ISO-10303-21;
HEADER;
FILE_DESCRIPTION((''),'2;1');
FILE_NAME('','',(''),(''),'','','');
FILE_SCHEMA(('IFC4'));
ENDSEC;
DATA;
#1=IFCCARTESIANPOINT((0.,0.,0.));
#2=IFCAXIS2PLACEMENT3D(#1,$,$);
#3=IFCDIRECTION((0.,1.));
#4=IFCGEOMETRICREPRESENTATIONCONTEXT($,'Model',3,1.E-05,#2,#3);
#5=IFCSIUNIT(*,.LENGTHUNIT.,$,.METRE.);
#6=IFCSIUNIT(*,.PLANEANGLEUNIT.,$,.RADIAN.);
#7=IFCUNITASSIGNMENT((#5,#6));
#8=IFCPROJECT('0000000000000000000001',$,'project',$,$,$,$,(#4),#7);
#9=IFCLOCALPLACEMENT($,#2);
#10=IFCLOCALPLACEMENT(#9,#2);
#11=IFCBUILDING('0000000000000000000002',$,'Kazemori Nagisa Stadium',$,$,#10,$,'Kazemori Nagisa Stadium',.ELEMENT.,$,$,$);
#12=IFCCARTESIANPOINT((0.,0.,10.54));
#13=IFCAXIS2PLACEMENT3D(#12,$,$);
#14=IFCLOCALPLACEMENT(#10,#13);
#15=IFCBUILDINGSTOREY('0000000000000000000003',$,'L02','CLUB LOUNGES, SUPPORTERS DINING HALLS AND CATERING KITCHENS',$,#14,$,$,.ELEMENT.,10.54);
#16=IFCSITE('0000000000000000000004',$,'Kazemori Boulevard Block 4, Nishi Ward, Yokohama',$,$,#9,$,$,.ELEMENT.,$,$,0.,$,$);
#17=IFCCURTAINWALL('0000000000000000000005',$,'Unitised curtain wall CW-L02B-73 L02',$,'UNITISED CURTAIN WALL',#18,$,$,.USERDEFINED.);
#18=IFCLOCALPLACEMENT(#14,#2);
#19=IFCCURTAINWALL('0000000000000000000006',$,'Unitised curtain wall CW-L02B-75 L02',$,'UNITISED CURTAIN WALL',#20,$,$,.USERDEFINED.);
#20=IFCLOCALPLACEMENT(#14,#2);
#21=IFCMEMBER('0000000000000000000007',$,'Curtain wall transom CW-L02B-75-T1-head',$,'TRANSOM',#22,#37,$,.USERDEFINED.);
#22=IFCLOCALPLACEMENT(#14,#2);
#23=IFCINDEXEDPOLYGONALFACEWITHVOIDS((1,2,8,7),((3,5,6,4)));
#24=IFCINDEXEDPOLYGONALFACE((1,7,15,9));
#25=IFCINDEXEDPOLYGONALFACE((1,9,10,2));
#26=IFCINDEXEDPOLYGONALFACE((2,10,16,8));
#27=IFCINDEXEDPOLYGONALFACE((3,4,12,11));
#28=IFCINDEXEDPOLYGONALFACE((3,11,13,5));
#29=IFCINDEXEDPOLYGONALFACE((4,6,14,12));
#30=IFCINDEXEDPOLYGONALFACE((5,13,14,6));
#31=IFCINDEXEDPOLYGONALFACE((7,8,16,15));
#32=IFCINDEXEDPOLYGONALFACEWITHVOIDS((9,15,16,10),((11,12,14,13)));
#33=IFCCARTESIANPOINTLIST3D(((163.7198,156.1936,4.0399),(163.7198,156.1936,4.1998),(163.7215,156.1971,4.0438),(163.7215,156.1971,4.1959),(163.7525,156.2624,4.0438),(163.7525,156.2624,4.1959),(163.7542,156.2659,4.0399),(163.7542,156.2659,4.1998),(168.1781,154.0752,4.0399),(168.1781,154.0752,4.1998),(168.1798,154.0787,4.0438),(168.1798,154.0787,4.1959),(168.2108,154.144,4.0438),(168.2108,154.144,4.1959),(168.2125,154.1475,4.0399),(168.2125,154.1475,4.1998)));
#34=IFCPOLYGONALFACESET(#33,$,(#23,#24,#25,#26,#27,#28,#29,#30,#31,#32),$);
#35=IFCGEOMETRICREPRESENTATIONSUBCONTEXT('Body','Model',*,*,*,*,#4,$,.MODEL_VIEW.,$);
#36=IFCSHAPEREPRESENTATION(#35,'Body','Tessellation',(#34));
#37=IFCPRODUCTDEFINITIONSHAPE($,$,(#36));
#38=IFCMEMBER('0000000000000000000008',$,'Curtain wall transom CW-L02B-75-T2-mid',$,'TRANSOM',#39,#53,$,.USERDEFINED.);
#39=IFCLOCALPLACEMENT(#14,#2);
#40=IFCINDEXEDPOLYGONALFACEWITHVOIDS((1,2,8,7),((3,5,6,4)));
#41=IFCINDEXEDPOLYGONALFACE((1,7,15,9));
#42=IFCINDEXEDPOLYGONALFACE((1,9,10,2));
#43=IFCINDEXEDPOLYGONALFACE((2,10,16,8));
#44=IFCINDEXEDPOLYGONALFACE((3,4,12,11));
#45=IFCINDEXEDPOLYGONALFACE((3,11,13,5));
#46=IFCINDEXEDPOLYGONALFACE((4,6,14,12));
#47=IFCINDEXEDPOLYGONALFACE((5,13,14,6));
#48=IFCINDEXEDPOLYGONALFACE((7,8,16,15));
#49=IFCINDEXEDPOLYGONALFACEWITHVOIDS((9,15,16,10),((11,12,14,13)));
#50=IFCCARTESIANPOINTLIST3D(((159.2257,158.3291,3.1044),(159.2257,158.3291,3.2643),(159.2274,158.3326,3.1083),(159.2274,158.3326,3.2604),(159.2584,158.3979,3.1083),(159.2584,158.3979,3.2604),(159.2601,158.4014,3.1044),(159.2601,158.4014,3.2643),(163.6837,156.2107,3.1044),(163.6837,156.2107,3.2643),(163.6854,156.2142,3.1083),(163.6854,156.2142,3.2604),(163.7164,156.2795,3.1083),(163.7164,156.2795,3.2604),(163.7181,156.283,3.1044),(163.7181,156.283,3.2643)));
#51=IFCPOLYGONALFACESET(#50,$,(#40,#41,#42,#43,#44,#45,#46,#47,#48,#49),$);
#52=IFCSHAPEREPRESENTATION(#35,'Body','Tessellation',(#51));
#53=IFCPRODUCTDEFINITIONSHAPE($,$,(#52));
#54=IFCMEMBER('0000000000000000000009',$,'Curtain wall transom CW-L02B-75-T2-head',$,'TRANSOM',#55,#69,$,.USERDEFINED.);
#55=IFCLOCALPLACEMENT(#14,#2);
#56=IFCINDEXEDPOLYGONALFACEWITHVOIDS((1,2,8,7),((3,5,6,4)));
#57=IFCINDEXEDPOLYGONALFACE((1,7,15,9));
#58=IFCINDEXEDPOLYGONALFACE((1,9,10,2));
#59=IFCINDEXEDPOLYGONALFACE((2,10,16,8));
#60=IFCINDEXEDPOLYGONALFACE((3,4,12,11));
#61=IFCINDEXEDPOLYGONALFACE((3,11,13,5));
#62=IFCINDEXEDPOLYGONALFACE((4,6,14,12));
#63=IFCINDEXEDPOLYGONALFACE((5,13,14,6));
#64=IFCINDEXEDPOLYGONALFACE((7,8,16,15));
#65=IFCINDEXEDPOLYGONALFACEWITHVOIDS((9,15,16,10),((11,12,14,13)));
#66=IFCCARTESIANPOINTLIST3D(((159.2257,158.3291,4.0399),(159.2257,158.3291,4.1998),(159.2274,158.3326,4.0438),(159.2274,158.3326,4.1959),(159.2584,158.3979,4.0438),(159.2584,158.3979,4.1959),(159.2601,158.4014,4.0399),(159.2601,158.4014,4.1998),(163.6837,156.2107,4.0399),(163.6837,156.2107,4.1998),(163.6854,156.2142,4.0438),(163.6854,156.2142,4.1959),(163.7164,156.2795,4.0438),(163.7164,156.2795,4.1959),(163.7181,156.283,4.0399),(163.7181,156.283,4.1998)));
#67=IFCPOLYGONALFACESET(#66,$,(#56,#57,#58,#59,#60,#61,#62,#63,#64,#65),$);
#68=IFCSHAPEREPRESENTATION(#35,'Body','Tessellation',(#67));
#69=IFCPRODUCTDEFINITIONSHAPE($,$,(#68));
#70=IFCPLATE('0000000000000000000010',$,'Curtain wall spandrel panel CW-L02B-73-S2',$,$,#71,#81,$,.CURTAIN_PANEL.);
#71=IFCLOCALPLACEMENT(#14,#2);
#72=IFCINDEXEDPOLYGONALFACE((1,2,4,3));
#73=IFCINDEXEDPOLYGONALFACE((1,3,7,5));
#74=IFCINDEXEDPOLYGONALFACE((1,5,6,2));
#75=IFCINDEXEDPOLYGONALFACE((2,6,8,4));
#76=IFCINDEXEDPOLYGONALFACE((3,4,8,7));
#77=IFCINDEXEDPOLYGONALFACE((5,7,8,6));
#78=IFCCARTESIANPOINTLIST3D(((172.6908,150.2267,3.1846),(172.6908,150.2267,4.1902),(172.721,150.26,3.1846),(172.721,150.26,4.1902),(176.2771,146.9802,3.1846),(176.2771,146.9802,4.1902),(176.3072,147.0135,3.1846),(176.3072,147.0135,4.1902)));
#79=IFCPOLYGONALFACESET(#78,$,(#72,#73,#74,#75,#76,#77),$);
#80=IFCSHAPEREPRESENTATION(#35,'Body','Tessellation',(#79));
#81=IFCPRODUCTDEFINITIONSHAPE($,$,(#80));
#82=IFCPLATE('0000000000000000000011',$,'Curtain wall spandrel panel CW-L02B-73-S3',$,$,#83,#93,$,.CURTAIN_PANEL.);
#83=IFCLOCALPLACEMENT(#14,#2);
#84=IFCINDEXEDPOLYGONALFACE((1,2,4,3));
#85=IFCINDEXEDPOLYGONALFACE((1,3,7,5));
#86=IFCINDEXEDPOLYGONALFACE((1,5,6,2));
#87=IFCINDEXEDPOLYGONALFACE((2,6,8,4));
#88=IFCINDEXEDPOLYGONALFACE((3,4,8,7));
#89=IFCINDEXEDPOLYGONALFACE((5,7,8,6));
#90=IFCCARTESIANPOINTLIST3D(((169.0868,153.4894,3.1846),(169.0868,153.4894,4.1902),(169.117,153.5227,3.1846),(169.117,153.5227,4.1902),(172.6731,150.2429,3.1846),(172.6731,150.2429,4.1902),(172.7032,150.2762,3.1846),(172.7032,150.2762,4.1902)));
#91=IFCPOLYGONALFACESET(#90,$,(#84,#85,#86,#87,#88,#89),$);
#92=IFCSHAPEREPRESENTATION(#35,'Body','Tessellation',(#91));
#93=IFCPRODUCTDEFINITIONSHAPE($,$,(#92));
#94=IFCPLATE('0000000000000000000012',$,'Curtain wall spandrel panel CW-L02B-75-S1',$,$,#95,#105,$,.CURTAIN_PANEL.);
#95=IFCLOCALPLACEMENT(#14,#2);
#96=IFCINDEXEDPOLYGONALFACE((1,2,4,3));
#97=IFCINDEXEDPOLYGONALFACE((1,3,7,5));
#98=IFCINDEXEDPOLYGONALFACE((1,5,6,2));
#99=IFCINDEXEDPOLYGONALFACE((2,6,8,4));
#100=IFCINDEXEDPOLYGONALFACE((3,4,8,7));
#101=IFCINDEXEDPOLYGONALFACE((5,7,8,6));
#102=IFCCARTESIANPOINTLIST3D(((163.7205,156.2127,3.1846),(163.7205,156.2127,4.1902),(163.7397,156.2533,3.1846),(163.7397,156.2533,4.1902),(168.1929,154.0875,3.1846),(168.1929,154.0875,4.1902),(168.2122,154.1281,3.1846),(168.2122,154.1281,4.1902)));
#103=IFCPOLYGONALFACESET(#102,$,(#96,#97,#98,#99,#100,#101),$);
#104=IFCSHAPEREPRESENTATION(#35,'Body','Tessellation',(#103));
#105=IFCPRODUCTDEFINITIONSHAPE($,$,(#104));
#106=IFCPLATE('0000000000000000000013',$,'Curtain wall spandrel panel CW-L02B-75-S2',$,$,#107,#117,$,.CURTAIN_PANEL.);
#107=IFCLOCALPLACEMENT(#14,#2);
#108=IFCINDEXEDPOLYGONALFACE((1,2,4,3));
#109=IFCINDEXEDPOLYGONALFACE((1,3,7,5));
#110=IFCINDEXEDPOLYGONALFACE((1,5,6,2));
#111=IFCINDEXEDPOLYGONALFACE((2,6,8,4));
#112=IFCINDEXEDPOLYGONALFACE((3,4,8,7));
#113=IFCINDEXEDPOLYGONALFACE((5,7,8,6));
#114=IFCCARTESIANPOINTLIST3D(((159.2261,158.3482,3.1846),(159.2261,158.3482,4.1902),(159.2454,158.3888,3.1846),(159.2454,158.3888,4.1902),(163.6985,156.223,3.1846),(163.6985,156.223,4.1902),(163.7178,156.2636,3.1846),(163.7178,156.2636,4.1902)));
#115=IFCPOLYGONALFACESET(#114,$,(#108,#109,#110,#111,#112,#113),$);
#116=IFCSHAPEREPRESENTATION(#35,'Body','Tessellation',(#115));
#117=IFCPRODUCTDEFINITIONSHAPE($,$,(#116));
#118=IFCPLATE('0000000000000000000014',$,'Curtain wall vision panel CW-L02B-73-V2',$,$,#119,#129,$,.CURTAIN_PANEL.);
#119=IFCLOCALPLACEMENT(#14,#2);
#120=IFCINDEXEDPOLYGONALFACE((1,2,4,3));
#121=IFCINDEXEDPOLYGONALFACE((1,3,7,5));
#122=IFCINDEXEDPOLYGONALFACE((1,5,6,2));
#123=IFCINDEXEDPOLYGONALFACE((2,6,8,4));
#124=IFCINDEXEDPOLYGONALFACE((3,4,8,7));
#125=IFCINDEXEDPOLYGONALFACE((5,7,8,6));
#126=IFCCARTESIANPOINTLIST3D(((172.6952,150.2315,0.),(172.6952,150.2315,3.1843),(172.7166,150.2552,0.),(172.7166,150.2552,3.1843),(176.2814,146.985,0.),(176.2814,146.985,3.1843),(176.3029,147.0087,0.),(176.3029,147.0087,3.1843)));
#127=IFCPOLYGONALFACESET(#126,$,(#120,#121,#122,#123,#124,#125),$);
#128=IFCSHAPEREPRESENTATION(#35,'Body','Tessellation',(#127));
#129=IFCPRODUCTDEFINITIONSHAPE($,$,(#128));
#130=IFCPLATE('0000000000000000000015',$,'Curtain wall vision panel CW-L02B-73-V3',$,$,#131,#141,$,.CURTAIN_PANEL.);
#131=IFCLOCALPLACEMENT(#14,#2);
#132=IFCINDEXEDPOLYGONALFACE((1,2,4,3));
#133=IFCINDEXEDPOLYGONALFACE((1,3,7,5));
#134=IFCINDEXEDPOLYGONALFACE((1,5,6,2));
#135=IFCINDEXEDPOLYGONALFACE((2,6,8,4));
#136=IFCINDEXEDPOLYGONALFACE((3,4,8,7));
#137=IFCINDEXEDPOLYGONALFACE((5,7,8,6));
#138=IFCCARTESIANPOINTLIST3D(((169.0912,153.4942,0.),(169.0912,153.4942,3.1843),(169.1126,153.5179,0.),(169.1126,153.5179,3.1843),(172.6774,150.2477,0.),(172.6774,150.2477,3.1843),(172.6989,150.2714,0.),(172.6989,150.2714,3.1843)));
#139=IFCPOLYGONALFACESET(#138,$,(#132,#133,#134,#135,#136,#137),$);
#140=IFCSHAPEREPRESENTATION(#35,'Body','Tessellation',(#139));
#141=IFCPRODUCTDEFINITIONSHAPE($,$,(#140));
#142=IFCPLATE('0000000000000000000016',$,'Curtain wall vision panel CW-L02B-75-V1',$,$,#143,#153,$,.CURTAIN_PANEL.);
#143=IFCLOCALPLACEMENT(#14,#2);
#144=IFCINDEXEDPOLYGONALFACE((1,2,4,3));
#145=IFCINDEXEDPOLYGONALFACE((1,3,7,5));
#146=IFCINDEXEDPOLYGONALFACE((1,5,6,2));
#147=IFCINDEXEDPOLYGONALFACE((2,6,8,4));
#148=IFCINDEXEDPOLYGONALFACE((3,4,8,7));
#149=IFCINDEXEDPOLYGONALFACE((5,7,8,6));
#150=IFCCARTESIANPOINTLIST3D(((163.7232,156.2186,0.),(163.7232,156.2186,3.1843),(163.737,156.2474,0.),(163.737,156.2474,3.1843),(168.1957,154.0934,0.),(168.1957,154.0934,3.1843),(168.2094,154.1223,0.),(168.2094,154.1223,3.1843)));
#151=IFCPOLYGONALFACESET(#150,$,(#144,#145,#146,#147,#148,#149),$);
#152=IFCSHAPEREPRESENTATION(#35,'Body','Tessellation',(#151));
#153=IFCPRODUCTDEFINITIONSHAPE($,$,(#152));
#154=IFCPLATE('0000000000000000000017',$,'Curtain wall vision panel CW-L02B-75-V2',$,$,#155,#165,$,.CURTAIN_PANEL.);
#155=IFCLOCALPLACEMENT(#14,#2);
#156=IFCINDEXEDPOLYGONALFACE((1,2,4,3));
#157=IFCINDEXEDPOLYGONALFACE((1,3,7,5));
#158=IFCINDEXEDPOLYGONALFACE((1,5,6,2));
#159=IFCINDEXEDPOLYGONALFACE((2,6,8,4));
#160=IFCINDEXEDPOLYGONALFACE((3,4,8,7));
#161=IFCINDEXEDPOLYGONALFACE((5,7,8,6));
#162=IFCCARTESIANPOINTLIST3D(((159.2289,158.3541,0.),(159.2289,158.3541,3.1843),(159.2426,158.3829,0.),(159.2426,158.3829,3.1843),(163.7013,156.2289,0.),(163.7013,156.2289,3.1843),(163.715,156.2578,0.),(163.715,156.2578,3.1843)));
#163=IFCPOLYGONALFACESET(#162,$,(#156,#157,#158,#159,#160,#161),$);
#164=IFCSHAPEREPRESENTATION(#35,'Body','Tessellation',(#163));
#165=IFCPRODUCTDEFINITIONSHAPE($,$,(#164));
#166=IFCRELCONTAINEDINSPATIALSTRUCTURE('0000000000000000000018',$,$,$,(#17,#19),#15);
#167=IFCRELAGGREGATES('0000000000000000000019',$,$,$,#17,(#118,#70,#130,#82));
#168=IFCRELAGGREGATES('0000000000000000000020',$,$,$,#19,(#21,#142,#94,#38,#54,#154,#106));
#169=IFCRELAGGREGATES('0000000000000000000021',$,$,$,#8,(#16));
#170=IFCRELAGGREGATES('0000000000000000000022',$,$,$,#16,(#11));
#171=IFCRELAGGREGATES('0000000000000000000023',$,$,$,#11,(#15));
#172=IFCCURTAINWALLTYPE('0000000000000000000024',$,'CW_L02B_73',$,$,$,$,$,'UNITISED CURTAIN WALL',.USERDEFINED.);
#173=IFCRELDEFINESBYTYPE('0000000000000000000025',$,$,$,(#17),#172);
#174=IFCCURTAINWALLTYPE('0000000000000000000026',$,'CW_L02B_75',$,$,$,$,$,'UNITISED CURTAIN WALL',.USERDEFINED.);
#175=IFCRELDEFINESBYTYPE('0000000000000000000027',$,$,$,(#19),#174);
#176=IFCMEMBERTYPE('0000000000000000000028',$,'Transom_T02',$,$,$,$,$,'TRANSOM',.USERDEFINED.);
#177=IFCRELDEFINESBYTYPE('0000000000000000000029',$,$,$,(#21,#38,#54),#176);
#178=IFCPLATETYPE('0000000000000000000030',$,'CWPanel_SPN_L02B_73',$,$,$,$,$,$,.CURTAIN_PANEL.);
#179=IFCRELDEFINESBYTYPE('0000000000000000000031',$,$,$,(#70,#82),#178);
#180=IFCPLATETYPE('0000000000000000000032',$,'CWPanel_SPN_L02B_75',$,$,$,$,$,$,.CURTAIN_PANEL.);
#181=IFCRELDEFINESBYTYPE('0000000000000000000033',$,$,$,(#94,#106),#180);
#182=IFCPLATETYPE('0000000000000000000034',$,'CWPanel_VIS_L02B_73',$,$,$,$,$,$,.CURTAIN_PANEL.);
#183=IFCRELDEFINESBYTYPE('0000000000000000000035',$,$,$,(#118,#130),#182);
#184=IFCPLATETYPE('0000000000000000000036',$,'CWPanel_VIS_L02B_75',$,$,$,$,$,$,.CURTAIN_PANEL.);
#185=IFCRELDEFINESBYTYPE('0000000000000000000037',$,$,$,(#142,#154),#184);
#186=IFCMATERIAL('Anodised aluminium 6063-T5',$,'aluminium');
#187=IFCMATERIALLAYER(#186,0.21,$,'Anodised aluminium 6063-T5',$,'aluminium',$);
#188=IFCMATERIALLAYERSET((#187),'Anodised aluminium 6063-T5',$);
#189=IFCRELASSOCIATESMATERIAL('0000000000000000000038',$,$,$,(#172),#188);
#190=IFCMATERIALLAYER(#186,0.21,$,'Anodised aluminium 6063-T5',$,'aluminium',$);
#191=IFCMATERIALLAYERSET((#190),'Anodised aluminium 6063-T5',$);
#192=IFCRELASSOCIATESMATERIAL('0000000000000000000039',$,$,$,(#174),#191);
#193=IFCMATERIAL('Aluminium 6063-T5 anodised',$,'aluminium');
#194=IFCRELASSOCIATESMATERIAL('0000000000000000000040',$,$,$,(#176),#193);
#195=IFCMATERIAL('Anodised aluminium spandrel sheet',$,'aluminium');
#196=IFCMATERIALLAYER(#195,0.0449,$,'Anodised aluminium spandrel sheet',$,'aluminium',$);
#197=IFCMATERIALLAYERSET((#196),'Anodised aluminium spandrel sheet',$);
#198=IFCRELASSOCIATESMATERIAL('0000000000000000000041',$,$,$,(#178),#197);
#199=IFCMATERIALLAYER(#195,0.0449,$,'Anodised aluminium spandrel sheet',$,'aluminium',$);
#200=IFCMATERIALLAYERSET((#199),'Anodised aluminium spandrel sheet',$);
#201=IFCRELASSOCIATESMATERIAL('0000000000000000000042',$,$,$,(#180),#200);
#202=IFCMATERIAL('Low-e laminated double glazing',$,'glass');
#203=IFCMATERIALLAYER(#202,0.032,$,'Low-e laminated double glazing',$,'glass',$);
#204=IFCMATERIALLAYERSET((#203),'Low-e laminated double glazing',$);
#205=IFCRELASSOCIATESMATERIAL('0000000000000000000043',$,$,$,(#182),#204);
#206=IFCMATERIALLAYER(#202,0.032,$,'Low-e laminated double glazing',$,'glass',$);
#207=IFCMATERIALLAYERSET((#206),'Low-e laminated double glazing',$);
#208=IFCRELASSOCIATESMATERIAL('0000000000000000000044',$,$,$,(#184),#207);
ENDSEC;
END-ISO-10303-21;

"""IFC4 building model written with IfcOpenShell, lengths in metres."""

from ifc_helpers import new_model, si_unit, direction, frame, origin, origin_2d, place, context, subcontext, project, spatial, rectangle, hollow_rectangle, extrude, material, layer, layer_set, material_profile, profile_set, type_object, element, aggregate, save


model = new_model("IFC4")

# Units and contexts
model_context = context("Model", 3, precision=1e-05, world=origin(), true_north=direction((0.0, 1.0)))
body_context = subcontext(model_context, "Body", "Model", "MODEL_VIEW")
ifc_project = project(units=[si_unit("LENGTHUNIT", "METRE"), si_unit("PLANEANGLEUNIT", "RADIAN")], contexts=[model_context])

# Site, building, storey
site_placement = place(None, origin())
site = spatial("IfcSite", under=ifc_project, at=site_placement, Name="Kazemori Boulevard Block 4, Nishi Ward, Yokohama", CompositionType="ELEMENT", RefElevation=0.0)
building_placement = place(site_placement, origin())
building = spatial("IfcBuilding", under=site, at=building_placement, Name="Kazemori Nagisa Stadium", LongName="Kazemori Nagisa Stadium", CompositionType="ELEMENT")
storey_placement = place(building_placement, frame((0.0, 0.0, 10.54)))
storey = spatial("IfcBuildingStorey", under=building, at=storey_placement, Name="L02", Description="CLUB LOUNGES, SUPPORTERS DINING HALLS AND CATERING KITCHENS", CompositionType="ELEMENT", Elevation=10.54)

# Curtain walls
ifc_material_1 = material(Name="Anodised aluminium 6063-T5", Category="aluminium")
ifc_layer_1 = layer(ifc_material_1, 0.21, Name="Anodised aluminium 6063-T5", Category="aluminium")
ifc_layer_set_1 = layer_set([ifc_layer_1], Name="Anodised aluminium 6063-T5")
curtain_wall_type_1 = type_object("IfcCurtainWallType", Name="CW_L02B_73", ElementType="UNITISED CURTAIN WALL", PredefinedType="USERDEFINED", material=ifc_layer_set_1)
curtain_wall_1_placement = place(storey_placement, origin())
curtain_wall_1 = element("IfcCurtainWall", 1, at=curtain_wall_1_placement, inside=storey, type_object=curtain_wall_type_1, Name="Unitised curtain wall CW-L02B-73 L02", ObjectType="UNITISED CURTAIN WALL", PredefinedType="USERDEFINED")
ifc_material_2 = material(Name="Aluminium 6063-T5 anodised", Category="aluminium")
ifc_layer_2 = layer(ifc_material_1, 0.21, Name="Anodised aluminium 6063-T5", Category="aluminium")
ifc_layer_set_2 = layer_set([ifc_layer_2], Name="Anodised aluminium 6063-T5")
curtain_wall_type_2 = type_object("IfcCurtainWallType", Name="CW_L02B_75", ElementType="UNITISED CURTAIN WALL", PredefinedType="USERDEFINED", material=ifc_layer_set_2)
curtain_wall_2_placement = place(storey_placement, origin())
curtain_wall_2 = element("IfcCurtainWall", 2, at=curtain_wall_2_placement, inside=storey, type_object=curtain_wall_type_2, Name="Unitised curtain wall CW-L02B-75 L02", ObjectType="UNITISED CURTAIN WALL", PredefinedType="USERDEFINED")

# Members
ifc_material_profile_1 = material_profile(ifc_material_2, hollow_rectangle(XDim=0.0801, YDim=0.1599, WallThickness=0.0039, at=origin_2d()), Name="ALU-TRAN-80x160x4")
ifc_profile_set_1 = profile_set([ifc_material_profile_1], Name="Aluminium 6063-T5 anodised")
member_type_1 = type_object("IfcMemberType", Name="Transom_T02", ElementType="TRANSOM", PredefinedType="USERDEFINED", material=ifc_profile_set_1)
member_1_placement = place(storey_placement, frame((168.1953, 154.1113, 4.1199), z_axis=(-0.90322, 0.429179, 0.0), x_axis=(-0.429179, -0.90322, 0.0)))
member_1 = element("IfcMember", 3, at=member_1_placement, type_object=member_type_1, Name="Curtain wall transom CW-L02B-75-T1-head", ObjectType="TRANSOM", PredefinedType="USERDEFINED", context=body_context, shape_type="SweptSolid", body=[
    extrude(hollow_rectangle(XDim=0.0801, YDim=0.1599, WallThickness=0.0039, at=origin_2d()), origin(), (0.0, 0.0, 1.0), 4.936),
])
member_2_placement = place(storey_placement, frame((163.7009, 156.2468, 3.1843), z_axis=(-0.90321, 0.429198, 0.0), x_axis=(-0.429198, -0.90321, 0.0)))
member_2 = element("IfcMember", 4, at=member_2_placement, type_object=member_type_1, Name="Curtain wall transom CW-L02B-75-T2-mid", ObjectType="TRANSOM", PredefinedType="USERDEFINED", context=body_context, shape_type="SweptSolid", body=[
    extrude(hollow_rectangle(XDim=0.0801, YDim=0.1599, WallThickness=0.0039, at=origin_2d()), origin(), (0.0, 0.0, 1.0), 4.9358),
])
member_3_placement = place(storey_placement, frame((163.7009, 156.2468, 4.1199), z_axis=(-0.90321, 0.429198, 0.0), x_axis=(-0.429198, -0.90321, 0.0)))
member_3 = element("IfcMember", 5, at=member_3_placement, type_object=member_type_1, Name="Curtain wall transom CW-L02B-75-T2-head", ObjectType="TRANSOM", PredefinedType="USERDEFINED", context=body_context, shape_type="SweptSolid", body=[
    extrude(hollow_rectangle(XDim=0.0801, YDim=0.1599, WallThickness=0.0039, at=origin_2d()), origin(), (0.0, 0.0, 1.0), 4.9358),
])

# Plates
ifc_material_3 = material(Name="Anodised aluminium spandrel sheet", Category="aluminium")
ifc_layer_3 = layer(ifc_material_3, 0.0449, Name="Anodised aluminium spandrel sheet", Category="aluminium")
ifc_layer_set_3 = layer_set([ifc_layer_3], Name="Anodised aluminium spandrel sheet")
plate_type_1 = type_object("IfcPlateType", Name="CWPanel_SPN_L02B_73", PredefinedType="CURTAIN_PANEL", material=ifc_layer_set_3)
plate_1_placement = place(storey_placement, frame((174.499, 148.6201, 3.1846), z_axis=(0.0, 0.0, 1.0), x_axis=(-0.741351, 0.671118, 0.0)))
plate_1 = element("IfcPlate", 6, at=plate_1_placement, type_object=plate_type_1, Name="Curtain wall spandrel panel CW-L02B-73-S2", PredefinedType="CURTAIN_PANEL", context=body_context, shape_type="SweptSolid", body=[
    extrude(rectangle(XDim=4.8374, YDim=0.0449, at=origin_2d()), origin(), (0.0, 0.0, 1.0), 1.0056),
])
plate_2_placement = place(storey_placement, frame((170.895, 151.8828, 3.1846), z_axis=(0.0, 0.0, 1.0), x_axis=(-0.741351, 0.671118, 0.0)))
plate_2 = element("IfcPlate", 7, at=plate_2_placement, type_object=plate_type_1, Name="Curtain wall spandrel panel CW-L02B-73-S3", PredefinedType="CURTAIN_PANEL", context=body_context, shape_type="SweptSolid", body=[
    extrude(rectangle(XDim=4.8374, YDim=0.0449, at=origin_2d()), origin(), (0.0, 0.0, 1.0), 1.0056),
])
ifc_layer_4 = layer(ifc_material_3, 0.0449, Name="Anodised aluminium spandrel sheet", Category="aluminium")
ifc_layer_set_4 = layer_set([ifc_layer_4], Name="Anodised aluminium spandrel sheet")
plate_type_2 = type_object("IfcPlateType", Name="CWPanel_SPN_L02B_75", PredefinedType="CURTAIN_PANEL", material=ifc_layer_set_4)
plate_3_placement = place(storey_placement, frame((165.9663, 155.1704, 3.1846), z_axis=(0.0, 0.0, 1.0), x_axis=(-0.903216, 0.429186, 0.0)))
plate_3 = element("IfcPlate", 8, at=plate_3_placement, type_object=plate_type_2, Name="Curtain wall spandrel panel CW-L02B-75-S1", PredefinedType="CURTAIN_PANEL", context=body_context, shape_type="SweptSolid", body=[
    extrude(rectangle(XDim=4.9517, YDim=0.0449, at=origin_2d()), origin(), (0.0, 0.0, 1.0), 1.0056),
])
plate_4_placement = place(storey_placement, frame((161.4719, 157.3059, 3.1846), z_axis=(0.0, 0.0, 1.0), x_axis=(-0.903216, 0.429186, 0.0)))
plate_4 = element("IfcPlate", 9, at=plate_4_placement, type_object=plate_type_2, Name="Curtain wall spandrel panel CW-L02B-75-S2", PredefinedType="CURTAIN_PANEL", context=body_context, shape_type="SweptSolid", body=[
    extrude(rectangle(XDim=4.9517, YDim=0.0449, at=origin_2d()), origin(), (0.0, 0.0, 1.0), 1.0056),
])
ifc_material_4 = material(Name="Low-e laminated double glazing", Category="glass")
ifc_layer_5 = layer(ifc_material_4, 0.032, Name="Low-e laminated double glazing", Category="glass")
ifc_layer_set_5 = layer_set([ifc_layer_5], Name="Low-e laminated double glazing")
plate_type_3 = type_object("IfcPlateType", Name="CWPanel_VIS_L02B_73", PredefinedType="CURTAIN_PANEL", material=ifc_layer_set_5)
plate_5_placement = place(storey_placement, frame((174.499, 148.6201, 0.0), z_axis=(0.0, 0.0, 1.0), x_axis=(-0.741351, 0.671118, 0.0)))
plate_5 = element("IfcPlate", 10, at=plate_5_placement, type_object=plate_type_3, Name="Curtain wall vision panel CW-L02B-73-V2", PredefinedType="CURTAIN_PANEL", context=body_context, shape_type="SweptSolid", body=[
    extrude(rectangle(XDim=4.8374, YDim=0.032, at=origin_2d()), origin(), (0.0, 0.0, 1.0), 3.1843),
])
plate_6_placement = place(storey_placement, frame((170.895, 151.8828, 0.0), z_axis=(0.0, 0.0, 1.0), x_axis=(-0.741351, 0.671118, 0.0)))
plate_6 = element("IfcPlate", 11, at=plate_6_placement, type_object=plate_type_3, Name="Curtain wall vision panel CW-L02B-73-V3", PredefinedType="CURTAIN_PANEL", context=body_context, shape_type="SweptSolid", body=[
    extrude(rectangle(XDim=4.8374, YDim=0.032, at=origin_2d()), origin(), (0.0, 0.0, 1.0), 3.1843),
])
aggregate(curtain_wall_1, [plate_5, plate_1, plate_6, plate_2])
ifc_layer_6 = layer(ifc_material_4, 0.032, Name="Low-e laminated double glazing", Category="glass")
ifc_layer_set_6 = layer_set([ifc_layer_6], Name="Low-e laminated double glazing")
plate_type_4 = type_object("IfcPlateType", Name="CWPanel_VIS_L02B_75", PredefinedType="CURTAIN_PANEL", material=ifc_layer_set_6)
plate_7_placement = place(storey_placement, frame((165.9663, 155.1704, 0.0), z_axis=(0.0, 0.0, 1.0), x_axis=(-0.903216, 0.429186, 0.0)))
plate_7 = element("IfcPlate", 12, at=plate_7_placement, type_object=plate_type_4, Name="Curtain wall vision panel CW-L02B-75-V1", PredefinedType="CURTAIN_PANEL", context=body_context, shape_type="SweptSolid", body=[
    extrude(rectangle(XDim=4.9517, YDim=0.032, at=origin_2d()), origin(), (0.0, 0.0, 1.0), 3.1843),
])
plate_8_placement = place(storey_placement, frame((161.4719, 157.3059, 0.0), z_axis=(0.0, 0.0, 1.0), x_axis=(-0.903216, 0.429186, 0.0)))
plate_8 = element("IfcPlate", 13, at=plate_8_placement, type_object=plate_type_4, Name="Curtain wall vision panel CW-L02B-75-V2", PredefinedType="CURTAIN_PANEL", context=body_context, shape_type="SweptSolid", body=[
    extrude(rectangle(XDim=4.9517, YDim=0.032, at=origin_2d()), origin(), (0.0, 0.0, 1.0), 3.1843),
])
aggregate(curtain_wall_2, [member_1, plate_7, plate_3, member_2, member_3, plate_8, plate_4])

save(model, "model.ifc")
